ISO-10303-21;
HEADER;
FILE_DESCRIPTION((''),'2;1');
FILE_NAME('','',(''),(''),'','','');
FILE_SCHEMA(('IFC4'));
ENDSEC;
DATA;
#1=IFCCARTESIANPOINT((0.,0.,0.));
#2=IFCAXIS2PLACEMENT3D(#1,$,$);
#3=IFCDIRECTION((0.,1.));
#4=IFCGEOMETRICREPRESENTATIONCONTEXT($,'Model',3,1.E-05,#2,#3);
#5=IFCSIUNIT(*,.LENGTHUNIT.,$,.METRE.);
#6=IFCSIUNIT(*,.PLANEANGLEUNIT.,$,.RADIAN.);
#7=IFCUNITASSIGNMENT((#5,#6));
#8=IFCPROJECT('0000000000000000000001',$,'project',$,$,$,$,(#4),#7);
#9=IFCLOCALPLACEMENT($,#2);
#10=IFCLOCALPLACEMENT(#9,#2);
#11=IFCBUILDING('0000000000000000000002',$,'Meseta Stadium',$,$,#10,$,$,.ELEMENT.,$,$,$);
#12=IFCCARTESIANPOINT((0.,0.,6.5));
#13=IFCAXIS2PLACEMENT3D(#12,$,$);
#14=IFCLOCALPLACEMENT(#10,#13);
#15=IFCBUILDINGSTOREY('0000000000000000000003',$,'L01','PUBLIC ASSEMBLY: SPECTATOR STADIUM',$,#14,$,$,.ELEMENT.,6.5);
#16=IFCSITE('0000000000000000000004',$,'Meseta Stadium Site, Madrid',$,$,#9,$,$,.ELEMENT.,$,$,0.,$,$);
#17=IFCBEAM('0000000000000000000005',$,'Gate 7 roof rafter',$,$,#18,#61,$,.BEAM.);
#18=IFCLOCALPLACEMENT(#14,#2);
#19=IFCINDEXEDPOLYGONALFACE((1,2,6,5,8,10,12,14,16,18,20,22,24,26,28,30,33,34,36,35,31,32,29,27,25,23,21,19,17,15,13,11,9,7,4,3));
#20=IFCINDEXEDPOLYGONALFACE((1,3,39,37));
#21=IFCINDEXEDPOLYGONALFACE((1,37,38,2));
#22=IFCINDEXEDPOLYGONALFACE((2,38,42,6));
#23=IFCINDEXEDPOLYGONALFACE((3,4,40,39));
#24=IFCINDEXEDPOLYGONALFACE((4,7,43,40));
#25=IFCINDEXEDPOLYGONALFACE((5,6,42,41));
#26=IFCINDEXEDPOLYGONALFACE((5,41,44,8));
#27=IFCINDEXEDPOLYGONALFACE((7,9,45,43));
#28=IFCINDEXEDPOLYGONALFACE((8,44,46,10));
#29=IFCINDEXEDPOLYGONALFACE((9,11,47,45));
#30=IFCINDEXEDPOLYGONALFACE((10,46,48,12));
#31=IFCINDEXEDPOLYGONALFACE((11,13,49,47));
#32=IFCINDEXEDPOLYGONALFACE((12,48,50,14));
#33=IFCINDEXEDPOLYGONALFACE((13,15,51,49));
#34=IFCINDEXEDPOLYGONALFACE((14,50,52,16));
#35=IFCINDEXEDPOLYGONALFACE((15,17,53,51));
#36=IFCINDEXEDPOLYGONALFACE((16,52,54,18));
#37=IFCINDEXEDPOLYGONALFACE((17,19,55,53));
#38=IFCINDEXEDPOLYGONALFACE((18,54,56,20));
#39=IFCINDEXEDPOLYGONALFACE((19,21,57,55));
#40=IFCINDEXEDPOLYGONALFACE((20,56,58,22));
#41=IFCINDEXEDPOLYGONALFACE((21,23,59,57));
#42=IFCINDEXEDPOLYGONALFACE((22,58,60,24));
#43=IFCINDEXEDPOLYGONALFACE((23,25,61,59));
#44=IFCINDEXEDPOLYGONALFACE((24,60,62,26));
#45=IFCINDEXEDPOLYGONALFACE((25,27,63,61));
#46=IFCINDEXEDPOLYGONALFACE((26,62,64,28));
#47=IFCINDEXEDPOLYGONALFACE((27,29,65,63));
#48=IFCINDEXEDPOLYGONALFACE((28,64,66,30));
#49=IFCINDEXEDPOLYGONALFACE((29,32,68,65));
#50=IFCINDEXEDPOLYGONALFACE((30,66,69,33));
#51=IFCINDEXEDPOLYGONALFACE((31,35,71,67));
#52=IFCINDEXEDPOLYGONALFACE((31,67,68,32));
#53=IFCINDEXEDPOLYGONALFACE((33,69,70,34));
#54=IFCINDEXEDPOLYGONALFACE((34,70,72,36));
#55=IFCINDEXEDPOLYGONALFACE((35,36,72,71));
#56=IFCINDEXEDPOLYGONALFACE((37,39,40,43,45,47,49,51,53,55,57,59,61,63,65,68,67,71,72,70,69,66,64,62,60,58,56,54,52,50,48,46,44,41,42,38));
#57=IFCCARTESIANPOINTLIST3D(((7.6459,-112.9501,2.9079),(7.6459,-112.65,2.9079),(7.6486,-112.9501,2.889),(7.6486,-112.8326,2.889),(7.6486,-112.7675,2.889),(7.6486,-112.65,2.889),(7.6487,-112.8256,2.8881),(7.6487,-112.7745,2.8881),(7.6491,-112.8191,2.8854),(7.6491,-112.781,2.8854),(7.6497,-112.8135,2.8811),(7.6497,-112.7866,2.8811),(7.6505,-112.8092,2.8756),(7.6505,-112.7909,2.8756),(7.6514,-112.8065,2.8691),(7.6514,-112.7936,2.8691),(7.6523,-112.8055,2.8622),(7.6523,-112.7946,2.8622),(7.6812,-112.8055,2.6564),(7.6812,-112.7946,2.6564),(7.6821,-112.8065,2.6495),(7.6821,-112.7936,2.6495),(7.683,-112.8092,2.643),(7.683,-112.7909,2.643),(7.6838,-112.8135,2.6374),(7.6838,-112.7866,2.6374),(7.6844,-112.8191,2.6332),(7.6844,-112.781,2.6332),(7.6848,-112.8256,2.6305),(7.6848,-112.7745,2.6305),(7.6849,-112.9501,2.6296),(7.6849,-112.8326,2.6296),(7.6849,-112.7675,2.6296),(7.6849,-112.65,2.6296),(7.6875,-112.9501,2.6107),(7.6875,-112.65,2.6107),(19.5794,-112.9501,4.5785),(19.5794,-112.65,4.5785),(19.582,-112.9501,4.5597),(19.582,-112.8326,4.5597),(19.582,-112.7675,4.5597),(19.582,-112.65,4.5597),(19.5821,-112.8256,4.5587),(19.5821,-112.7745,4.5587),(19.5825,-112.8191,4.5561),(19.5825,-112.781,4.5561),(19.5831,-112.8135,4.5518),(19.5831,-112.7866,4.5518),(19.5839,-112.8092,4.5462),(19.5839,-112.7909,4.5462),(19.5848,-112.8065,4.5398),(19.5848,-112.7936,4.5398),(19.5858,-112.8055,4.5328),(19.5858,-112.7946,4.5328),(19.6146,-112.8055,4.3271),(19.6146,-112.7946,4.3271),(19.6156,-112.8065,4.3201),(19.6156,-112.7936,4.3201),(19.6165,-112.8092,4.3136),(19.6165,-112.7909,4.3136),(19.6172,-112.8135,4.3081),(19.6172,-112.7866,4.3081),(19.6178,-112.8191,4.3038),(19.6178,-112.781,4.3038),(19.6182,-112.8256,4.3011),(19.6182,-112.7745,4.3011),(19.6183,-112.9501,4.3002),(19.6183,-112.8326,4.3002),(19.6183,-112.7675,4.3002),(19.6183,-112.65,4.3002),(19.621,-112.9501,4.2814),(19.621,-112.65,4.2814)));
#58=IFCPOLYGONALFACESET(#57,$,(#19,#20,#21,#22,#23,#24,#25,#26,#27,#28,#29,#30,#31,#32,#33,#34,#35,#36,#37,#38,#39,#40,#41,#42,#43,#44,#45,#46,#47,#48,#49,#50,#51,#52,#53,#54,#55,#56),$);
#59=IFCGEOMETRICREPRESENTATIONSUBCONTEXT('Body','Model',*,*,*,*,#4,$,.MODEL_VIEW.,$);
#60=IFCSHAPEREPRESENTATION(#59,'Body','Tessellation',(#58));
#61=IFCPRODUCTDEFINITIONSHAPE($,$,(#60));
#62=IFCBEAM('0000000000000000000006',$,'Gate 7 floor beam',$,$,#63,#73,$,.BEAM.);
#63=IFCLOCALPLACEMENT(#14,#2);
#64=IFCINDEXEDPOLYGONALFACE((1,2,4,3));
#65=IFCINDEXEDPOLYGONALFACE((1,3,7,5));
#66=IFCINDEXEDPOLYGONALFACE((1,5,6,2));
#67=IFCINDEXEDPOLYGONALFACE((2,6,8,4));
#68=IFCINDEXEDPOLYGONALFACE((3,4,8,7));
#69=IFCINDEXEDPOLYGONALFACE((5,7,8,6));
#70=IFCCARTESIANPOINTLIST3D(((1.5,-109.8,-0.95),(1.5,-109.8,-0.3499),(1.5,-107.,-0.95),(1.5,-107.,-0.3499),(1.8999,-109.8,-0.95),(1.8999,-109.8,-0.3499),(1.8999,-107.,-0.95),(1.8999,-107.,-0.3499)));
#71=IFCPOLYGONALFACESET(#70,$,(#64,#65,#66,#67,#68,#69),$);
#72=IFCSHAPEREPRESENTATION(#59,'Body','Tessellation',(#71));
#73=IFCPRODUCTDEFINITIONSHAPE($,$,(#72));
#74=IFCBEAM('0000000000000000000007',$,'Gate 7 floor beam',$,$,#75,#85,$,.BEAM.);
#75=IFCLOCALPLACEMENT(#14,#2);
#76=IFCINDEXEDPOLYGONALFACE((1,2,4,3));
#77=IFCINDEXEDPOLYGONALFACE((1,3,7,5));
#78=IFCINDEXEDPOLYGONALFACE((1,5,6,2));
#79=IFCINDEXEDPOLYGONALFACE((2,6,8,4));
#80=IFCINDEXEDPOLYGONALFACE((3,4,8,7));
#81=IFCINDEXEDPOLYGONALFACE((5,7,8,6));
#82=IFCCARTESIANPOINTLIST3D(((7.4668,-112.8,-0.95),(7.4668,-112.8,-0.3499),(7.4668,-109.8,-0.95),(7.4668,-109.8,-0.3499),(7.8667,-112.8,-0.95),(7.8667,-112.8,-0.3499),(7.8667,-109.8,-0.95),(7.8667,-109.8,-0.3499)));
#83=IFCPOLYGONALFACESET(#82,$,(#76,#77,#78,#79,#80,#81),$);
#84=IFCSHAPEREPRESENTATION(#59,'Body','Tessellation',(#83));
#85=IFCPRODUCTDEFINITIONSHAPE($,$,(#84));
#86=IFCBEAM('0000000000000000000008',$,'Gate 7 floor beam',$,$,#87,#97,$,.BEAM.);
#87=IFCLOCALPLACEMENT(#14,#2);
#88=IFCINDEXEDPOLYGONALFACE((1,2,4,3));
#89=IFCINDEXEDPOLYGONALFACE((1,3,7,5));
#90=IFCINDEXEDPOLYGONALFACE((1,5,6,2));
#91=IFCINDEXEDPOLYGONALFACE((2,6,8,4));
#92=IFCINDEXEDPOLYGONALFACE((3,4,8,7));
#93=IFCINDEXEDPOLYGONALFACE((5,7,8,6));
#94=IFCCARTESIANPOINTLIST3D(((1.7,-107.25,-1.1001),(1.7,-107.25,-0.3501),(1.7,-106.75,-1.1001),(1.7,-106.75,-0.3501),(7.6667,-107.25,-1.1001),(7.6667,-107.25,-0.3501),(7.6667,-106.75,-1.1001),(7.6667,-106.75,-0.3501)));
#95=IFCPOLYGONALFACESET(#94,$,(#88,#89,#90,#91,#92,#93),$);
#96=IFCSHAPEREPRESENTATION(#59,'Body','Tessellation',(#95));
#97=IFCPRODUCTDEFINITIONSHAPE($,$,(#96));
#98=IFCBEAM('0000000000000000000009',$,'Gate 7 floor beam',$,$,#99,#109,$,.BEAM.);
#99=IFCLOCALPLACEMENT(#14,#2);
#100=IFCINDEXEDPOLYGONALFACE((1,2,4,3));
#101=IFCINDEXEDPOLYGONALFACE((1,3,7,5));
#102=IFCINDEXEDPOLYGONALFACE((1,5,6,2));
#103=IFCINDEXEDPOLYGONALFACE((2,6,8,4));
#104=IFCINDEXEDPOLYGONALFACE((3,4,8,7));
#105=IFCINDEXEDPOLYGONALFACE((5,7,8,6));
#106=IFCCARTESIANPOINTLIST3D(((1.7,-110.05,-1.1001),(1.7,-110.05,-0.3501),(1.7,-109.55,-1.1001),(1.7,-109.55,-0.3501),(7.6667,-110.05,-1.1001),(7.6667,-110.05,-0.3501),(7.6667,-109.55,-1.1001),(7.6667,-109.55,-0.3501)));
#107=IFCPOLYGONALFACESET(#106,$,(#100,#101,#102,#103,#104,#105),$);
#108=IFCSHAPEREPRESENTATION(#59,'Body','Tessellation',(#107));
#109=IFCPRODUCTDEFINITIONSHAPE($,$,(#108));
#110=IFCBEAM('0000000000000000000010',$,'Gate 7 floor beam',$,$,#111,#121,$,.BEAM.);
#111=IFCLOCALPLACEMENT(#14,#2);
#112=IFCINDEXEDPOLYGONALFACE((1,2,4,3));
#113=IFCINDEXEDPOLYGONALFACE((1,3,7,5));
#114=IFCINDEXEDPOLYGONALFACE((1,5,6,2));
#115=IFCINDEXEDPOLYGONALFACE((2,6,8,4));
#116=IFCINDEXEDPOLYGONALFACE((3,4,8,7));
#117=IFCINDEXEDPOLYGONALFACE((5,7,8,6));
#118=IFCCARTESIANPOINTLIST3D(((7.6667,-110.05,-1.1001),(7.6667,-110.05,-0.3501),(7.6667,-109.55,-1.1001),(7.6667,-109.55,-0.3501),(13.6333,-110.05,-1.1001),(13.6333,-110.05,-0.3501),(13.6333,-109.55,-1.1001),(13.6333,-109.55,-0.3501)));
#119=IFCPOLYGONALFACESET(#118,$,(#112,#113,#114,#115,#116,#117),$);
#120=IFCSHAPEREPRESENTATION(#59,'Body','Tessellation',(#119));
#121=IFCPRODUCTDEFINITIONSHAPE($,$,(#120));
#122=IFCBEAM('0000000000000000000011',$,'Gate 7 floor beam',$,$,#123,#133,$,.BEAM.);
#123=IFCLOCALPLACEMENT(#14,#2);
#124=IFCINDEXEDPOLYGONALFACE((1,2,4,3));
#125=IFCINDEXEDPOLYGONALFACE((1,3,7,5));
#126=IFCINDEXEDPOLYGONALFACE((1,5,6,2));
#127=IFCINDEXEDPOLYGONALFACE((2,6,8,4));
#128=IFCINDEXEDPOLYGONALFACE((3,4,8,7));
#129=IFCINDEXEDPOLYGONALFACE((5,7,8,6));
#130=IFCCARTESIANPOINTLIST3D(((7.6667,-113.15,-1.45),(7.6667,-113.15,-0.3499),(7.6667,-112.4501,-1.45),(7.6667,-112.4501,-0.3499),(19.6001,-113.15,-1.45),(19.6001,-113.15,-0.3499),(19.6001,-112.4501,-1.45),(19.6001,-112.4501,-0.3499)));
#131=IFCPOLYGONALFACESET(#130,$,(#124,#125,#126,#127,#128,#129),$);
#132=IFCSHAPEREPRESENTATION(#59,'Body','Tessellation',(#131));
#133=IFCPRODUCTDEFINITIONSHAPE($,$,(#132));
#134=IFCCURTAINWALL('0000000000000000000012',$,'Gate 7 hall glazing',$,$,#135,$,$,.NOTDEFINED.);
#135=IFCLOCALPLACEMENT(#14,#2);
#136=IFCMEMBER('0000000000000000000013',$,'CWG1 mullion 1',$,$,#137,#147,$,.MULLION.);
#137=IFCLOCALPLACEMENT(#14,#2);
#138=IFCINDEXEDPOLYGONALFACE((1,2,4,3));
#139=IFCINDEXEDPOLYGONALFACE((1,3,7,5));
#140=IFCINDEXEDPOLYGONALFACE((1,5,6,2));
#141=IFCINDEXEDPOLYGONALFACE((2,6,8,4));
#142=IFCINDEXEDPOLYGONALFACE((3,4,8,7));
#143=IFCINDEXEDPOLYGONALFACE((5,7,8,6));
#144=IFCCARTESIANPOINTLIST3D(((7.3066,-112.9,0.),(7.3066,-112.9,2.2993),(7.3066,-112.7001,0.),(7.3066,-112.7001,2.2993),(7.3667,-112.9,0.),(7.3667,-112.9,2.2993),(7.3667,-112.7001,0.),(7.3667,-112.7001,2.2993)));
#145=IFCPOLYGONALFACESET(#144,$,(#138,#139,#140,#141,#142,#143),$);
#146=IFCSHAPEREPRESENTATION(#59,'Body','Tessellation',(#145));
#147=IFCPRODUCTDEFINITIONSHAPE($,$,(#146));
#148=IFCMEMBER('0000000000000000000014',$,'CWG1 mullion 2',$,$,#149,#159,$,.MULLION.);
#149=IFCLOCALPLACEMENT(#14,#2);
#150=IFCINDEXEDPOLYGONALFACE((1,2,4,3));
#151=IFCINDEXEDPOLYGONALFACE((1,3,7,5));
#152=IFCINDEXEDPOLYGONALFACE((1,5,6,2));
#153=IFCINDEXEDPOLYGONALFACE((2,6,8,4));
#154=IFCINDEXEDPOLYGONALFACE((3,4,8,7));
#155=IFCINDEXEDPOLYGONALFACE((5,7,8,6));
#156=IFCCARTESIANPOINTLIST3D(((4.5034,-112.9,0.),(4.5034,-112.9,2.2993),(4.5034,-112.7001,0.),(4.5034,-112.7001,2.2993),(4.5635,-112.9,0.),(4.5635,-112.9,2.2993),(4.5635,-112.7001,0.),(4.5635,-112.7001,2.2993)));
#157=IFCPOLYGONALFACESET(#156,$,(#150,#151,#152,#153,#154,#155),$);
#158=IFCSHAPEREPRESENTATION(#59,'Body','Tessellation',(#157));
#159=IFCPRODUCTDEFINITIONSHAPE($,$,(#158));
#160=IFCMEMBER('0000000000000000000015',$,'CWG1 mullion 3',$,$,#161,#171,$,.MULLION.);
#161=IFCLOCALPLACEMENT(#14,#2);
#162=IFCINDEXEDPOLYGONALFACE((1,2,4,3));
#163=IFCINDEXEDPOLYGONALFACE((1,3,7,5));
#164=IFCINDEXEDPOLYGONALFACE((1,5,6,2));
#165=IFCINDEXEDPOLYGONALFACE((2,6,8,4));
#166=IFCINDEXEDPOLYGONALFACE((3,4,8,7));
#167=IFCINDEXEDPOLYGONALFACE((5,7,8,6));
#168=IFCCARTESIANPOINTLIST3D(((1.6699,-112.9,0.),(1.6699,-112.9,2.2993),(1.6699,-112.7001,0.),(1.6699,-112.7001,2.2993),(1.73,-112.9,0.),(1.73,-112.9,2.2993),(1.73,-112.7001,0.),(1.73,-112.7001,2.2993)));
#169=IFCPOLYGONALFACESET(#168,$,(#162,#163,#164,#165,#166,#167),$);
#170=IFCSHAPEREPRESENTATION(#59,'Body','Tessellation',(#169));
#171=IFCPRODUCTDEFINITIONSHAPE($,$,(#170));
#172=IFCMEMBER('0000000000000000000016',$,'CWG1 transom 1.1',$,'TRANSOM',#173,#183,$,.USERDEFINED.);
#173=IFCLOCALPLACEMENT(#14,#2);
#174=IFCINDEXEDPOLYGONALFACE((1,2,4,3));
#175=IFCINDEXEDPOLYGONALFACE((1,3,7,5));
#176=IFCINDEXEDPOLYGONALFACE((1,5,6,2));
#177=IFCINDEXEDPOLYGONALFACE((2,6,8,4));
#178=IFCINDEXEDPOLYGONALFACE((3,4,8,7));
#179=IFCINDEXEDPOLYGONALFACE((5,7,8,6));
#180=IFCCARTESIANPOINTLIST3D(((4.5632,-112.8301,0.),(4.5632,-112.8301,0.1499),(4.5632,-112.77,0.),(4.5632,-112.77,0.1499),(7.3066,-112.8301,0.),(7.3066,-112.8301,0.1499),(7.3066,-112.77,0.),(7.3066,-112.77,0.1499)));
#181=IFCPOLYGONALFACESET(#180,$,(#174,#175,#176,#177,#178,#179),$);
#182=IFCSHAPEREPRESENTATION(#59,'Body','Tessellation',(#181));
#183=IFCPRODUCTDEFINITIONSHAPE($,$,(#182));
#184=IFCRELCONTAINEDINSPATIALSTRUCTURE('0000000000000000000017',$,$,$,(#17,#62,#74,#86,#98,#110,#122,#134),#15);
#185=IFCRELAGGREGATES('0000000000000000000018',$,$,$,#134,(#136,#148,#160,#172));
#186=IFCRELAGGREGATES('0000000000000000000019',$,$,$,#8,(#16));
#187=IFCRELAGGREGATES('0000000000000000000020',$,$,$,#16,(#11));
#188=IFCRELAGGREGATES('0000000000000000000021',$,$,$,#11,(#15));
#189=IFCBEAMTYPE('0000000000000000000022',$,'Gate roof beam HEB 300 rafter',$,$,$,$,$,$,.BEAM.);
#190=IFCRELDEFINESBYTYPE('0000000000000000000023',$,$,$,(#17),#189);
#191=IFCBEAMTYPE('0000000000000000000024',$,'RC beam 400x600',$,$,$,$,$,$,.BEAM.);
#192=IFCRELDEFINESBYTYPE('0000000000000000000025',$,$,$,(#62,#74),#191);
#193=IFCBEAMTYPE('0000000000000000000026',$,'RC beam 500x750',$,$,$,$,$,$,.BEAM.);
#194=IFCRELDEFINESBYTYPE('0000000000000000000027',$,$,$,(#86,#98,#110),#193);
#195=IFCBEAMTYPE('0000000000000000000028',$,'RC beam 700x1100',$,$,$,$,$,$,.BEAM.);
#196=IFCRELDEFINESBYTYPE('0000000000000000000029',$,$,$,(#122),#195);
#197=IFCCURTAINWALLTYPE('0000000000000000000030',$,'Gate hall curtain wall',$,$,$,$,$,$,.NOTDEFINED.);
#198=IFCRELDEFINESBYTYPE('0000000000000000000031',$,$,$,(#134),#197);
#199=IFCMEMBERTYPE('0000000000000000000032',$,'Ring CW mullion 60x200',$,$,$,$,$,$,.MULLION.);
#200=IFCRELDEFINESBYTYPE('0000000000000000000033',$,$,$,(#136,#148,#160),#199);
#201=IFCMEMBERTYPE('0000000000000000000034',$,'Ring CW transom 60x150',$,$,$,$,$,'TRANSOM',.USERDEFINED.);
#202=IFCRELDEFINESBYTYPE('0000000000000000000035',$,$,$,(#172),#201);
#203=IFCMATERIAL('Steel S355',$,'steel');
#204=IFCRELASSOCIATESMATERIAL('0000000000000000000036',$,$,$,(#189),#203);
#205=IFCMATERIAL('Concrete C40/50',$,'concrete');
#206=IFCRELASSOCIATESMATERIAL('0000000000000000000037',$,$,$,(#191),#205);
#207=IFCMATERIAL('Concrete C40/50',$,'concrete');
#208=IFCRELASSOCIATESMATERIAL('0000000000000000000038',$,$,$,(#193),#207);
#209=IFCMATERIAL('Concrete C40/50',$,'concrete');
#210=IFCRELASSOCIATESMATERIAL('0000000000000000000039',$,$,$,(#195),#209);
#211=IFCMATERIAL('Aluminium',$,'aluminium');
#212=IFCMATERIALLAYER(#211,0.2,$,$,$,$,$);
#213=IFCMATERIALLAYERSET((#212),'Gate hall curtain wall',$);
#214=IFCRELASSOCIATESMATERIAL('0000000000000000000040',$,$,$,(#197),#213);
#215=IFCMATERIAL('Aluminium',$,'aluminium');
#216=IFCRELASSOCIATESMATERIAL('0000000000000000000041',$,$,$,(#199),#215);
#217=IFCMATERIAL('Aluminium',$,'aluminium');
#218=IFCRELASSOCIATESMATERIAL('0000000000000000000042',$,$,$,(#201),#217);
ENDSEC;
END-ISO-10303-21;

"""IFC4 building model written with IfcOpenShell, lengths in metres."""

from ifc_helpers import new_model, si_unit, direction, frame, origin, origin_2d, place, context, subcontext, project, spatial, rectangle, i_section, extrude, material, layer, layer_set, material_profile, profile_set, type_object, element, aggregate, save


model = new_model("IFC4")

# Units and contexts
model_context = context("Model", 3, precision=1e-05, world=origin(), true_north=direction((0.0, 1.0)))
body_context = subcontext(model_context, "Body", "Model", "MODEL_VIEW")
ifc_project = project(units=[si_unit("LENGTHUNIT", "METRE"), si_unit("PLANEANGLEUNIT", "RADIAN")], contexts=[model_context])

# Site, building, storey
site_placement = place(None, origin())
site = spatial("IfcSite", under=ifc_project, at=site_placement, Name="Meseta Stadium Site, Madrid", CompositionType="ELEMENT", RefElevation=0.0)
building_placement = place(site_placement, origin())
building = spatial("IfcBuilding", under=site, at=building_placement, Name="Meseta Stadium", CompositionType="ELEMENT")
storey_placement = place(building_placement, frame((0.0, 0.0, 6.5)))
storey = spatial("IfcBuildingStorey", under=building, at=storey_placement, Name="L01", Description="PUBLIC ASSEMBLY: SPECTATOR STADIUM", CompositionType="ELEMENT", Elevation=6.5)

# Beams
ifc_material_1 = material(Name="Steel S355", Category="steel")
ifc_material_profile_1 = material_profile(ifc_material_1, i_section(OverallWidth=0.3, OverallDepth=0.3, WebThickness=0.011, FlangeThickness=0.019, FilletRadius=0.0271, at=origin_2d()), Name="HEB 300")
ifc_profile_set_1 = profile_set([ifc_material_profile_1], Name="Steel S355")
beam_type_1 = type_object("IfcBeamType", Name="Gate roof beam HEB 300 rafter", PredefinedType="BEAM", material=ifc_profile_set_1)
beam_1_placement = place(storey_placement, frame((7.6667, -112.8, 2.7593), z_axis=(0.990342, 0.0, 0.138647), x_axis=(0.0, 1.0, 0.0)))
element("IfcBeam", 1, at=beam_1_placement, inside=storey, type_object=beam_type_1, Name="Gate 7 roof rafter", PredefinedType="BEAM", context=body_context, shape_type="SweptSolid", body=[
    extrude(i_section(OverallWidth=0.3, OverallDepth=0.3, WebThickness=0.011, FlangeThickness=0.019, FilletRadius=0.0271, at=origin_2d()), origin(), (0.0, 0.0, 1.0), 12.0498),
])
ifc_material_2 = material(Name="Concrete C40/50", Category="concrete")
ifc_material_profile_2 = material_profile(ifc_material_2, rectangle(XDim=0.3999, YDim=0.6001, at=origin_2d()), Name="RC 400x600")
ifc_profile_set_2 = profile_set([ifc_material_profile_2], Name="Concrete C40/50")
beam_type_2 = type_object("IfcBeamType", Name="RC beam 400x600", PredefinedType="BEAM", material=ifc_profile_set_2)
beam_2_placement = place(storey_placement, frame((1.7, -107.0, -0.6499), z_axis=(0.0, -1.0, 0.0), x_axis=(1.0, 0.0, 0.0)))
element("IfcBeam", 2, at=beam_2_placement, inside=storey, type_object=beam_type_2, Name="Gate 7 floor beam", PredefinedType="BEAM", context=body_context, shape_type="SweptSolid", body=[
    extrude(rectangle(XDim=0.3999, YDim=0.6001, at=origin_2d()), origin(), (0.0, 0.0, 1.0), 2.8),
])
beam_3_placement = place(storey_placement, frame((7.6667, -109.8, -0.6499), z_axis=(0.0, -1.0, 0.0), x_axis=(1.0, 0.0, 0.0)))
element("IfcBeam", 3, at=beam_3_placement, inside=storey, type_object=beam_type_2, Name="Gate 7 floor beam", PredefinedType="BEAM", context=body_context, shape_type="SweptSolid", body=[
    extrude(rectangle(XDim=0.3999, YDim=0.6001, at=origin_2d()), origin(), (0.0, 0.0, 1.0), 3.0),
])
ifc_material_3 = material(Name="Concrete C40/50", Category="concrete")
ifc_material_profile_3 = material_profile(ifc_material_3, rectangle(XDim=0.5, YDim=0.75, at=origin_2d()), Name="RC 500x750")
ifc_profile_set_3 = profile_set([ifc_material_profile_3], Name="Concrete C40/50")
beam_type_3 = type_object("IfcBeamType", Name="RC beam 500x750", PredefinedType="BEAM", material=ifc_profile_set_3)
for number, where, z_axis, x_axis, name in (
    (4, (1.7, -107.0, -0.7251), (1.0, 0.0, 0.0), (0.0, 1.0, 0.0), "Gate 7 floor beam"),
    (5, (1.7, -109.8, -0.7251), (1.0, 0.0, 0.0), (0.0, 1.0, 0.0), "Gate 7 floor beam"),
):
    element("IfcBeam", number, at=place(storey_placement, frame(where, z_axis=z_axis, x_axis=x_axis)), inside=storey, type_object=beam_type_3, Name=name, PredefinedType="BEAM", context=body_context, shape_type="SweptSolid", body=[
        extrude(rectangle(XDim=0.5, YDim=0.75, at=origin_2d()), origin(), (0.0, 0.0, 1.0), 5.9668),
    ])
beam_4_placement = place(storey_placement, frame((7.6667, -109.8, -0.7251), z_axis=(1.0, 0.0, 0.0), x_axis=(0.0, 1.0, 0.0)))
element("IfcBeam", 6, at=beam_4_placement, inside=storey, type_object=beam_type_3, Name="Gate 7 floor beam", PredefinedType="BEAM", context=body_context, shape_type="SweptSolid", body=[
    extrude(rectangle(XDim=0.5, YDim=0.75, at=origin_2d()), origin(), (0.0, 0.0, 1.0), 5.9666),
])
ifc_material_4 = material(Name="Concrete C40/50", Category="concrete")
ifc_material_profile_4 = material_profile(ifc_material_4, rectangle(XDim=0.7, YDim=1.1001, at=origin_2d()), Name="RC 700x1100")
ifc_profile_set_4 = profile_set([ifc_material_profile_4], Name="Concrete C40/50")
beam_type_4 = type_object("IfcBeamType", Name="RC beam 700x1100", PredefinedType="BEAM", material=ifc_profile_set_4)
beam_5_placement = place(storey_placement, frame((7.6667, -112.8, -0.8999), z_axis=(1.0, 0.0, 0.0), x_axis=(0.0, 1.0, 0.0)))
element("IfcBeam", 7, at=beam_5_placement, inside=storey, type_object=beam_type_4, Name="Gate 7 floor beam", PredefinedType="BEAM", context=body_context, shape_type="SweptSolid", body=[
    extrude(rectangle(XDim=0.7, YDim=1.1001, at=origin_2d()), origin(), (0.0, 0.0, 1.0), 11.9333),
])

# Curtain wall, members
ifc_material_5 = material(Name="Aluminium", Category="aluminium")
ifc_layer_1 = layer(ifc_material_5, 0.2)
ifc_layer_set_1 = layer_set([ifc_layer_1], Name="Gate hall curtain wall")
curtain_wall_type = type_object("IfcCurtainWallType", Name="Gate hall curtain wall", PredefinedType="NOTDEFINED", material=ifc_layer_set_1)
curtain_wall_placement = place(storey_placement, origin())
curtain_wall = element("IfcCurtainWall", 8, at=curtain_wall_placement, inside=storey, type_object=curtain_wall_type, Name="Gate 7 hall glazing", PredefinedType="NOTDEFINED")
ifc_material_6 = material(Name="Aluminium", Category="aluminium")
ifc_material_profile_5 = material_profile(ifc_material_6, rectangle(XDim=0.2, YDim=0.0601, at=origin_2d()), Name="CW 200x60")
ifc_profile_set_5 = profile_set([ifc_material_profile_5], Name="Aluminium")
member_type_1 = type_object("IfcMemberType", Name="Ring CW mullion 60x200", PredefinedType="MULLION", material=ifc_profile_set_5)
member_1_placement = place(storey_placement, frame((7.3367, -112.8, 0.0), z_axis=(0.0, 0.0, 1.0), x_axis=(0.0, -1.0, 0.0)))
member_1 = element("IfcMember", 9, at=member_1_placement, type_object=member_type_1, Name="CWG1 mullion 1", PredefinedType="MULLION", context=body_context, shape_type="SweptSolid", body=[
    extrude(rectangle(XDim=0.2, YDim=0.0601, at=origin_2d()), origin(), (0.0, 0.0, 1.0), 2.2993),
])
member_2_placement = place(storey_placement, frame((4.5334, -112.8, 0.0), z_axis=(0.0, 0.0, 1.0), x_axis=(0.0, -1.0, 0.0)))
member_2 = element("IfcMember", 10, at=member_2_placement, type_object=member_type_1, Name="CWG1 mullion 2", PredefinedType="MULLION", context=body_context, shape_type="SweptSolid", body=[
    extrude(rectangle(XDim=0.2, YDim=0.0601, at=origin_2d()), origin(), (0.0, 0.0, 1.0), 2.2993),
])
member_3_placement = place(storey_placement, frame((1.7, -112.8, 0.0), z_axis=(0.0, 0.0, 1.0), x_axis=(0.0, -1.0, 0.0)))
member_3 = element("IfcMember", 11, at=member_3_placement, type_object=member_type_1, Name="CWG1 mullion 3", PredefinedType="MULLION", context=body_context, shape_type="SweptSolid", body=[
    extrude(rectangle(XDim=0.2, YDim=0.0601, at=origin_2d()), origin(), (0.0, 0.0, 1.0), 2.2993),
])
ifc_material_7 = material(Name="Aluminium", Category="aluminium")
ifc_material_profile_6 = material_profile(ifc_material_7, rectangle(XDim=0.0601, YDim=0.1499, at=origin_2d()), Name="CW 60x150")
ifc_profile_set_6 = profile_set([ifc_material_profile_6], Name="Aluminium")
member_type_2 = type_object("IfcMemberType", Name="Ring CW transom 60x150", ElementType="TRANSOM", PredefinedType="USERDEFINED", material=ifc_profile_set_6)
member_4_placement = place(storey_placement, frame((7.3066, -112.8, 0.075), z_axis=(-1.0, 0.0, 0.0), x_axis=(0.0, -1.0, 0.0)))
member_4 = element("IfcMember", 12, at=member_4_placement, type_object=member_type_2, Name="CWG1 transom 1.1", ObjectType="TRANSOM", PredefinedType="USERDEFINED", context=body_context, shape_type="SweptSolid", body=[
    extrude(rectangle(XDim=0.0601, YDim=0.1499, at=origin_2d()), origin(), (0.0, 0.0, 1.0), 2.7434),
])

aggregate(curtain_wall, [member_1, member_2, member_3, member_4])

save(model, "model.ifc")
